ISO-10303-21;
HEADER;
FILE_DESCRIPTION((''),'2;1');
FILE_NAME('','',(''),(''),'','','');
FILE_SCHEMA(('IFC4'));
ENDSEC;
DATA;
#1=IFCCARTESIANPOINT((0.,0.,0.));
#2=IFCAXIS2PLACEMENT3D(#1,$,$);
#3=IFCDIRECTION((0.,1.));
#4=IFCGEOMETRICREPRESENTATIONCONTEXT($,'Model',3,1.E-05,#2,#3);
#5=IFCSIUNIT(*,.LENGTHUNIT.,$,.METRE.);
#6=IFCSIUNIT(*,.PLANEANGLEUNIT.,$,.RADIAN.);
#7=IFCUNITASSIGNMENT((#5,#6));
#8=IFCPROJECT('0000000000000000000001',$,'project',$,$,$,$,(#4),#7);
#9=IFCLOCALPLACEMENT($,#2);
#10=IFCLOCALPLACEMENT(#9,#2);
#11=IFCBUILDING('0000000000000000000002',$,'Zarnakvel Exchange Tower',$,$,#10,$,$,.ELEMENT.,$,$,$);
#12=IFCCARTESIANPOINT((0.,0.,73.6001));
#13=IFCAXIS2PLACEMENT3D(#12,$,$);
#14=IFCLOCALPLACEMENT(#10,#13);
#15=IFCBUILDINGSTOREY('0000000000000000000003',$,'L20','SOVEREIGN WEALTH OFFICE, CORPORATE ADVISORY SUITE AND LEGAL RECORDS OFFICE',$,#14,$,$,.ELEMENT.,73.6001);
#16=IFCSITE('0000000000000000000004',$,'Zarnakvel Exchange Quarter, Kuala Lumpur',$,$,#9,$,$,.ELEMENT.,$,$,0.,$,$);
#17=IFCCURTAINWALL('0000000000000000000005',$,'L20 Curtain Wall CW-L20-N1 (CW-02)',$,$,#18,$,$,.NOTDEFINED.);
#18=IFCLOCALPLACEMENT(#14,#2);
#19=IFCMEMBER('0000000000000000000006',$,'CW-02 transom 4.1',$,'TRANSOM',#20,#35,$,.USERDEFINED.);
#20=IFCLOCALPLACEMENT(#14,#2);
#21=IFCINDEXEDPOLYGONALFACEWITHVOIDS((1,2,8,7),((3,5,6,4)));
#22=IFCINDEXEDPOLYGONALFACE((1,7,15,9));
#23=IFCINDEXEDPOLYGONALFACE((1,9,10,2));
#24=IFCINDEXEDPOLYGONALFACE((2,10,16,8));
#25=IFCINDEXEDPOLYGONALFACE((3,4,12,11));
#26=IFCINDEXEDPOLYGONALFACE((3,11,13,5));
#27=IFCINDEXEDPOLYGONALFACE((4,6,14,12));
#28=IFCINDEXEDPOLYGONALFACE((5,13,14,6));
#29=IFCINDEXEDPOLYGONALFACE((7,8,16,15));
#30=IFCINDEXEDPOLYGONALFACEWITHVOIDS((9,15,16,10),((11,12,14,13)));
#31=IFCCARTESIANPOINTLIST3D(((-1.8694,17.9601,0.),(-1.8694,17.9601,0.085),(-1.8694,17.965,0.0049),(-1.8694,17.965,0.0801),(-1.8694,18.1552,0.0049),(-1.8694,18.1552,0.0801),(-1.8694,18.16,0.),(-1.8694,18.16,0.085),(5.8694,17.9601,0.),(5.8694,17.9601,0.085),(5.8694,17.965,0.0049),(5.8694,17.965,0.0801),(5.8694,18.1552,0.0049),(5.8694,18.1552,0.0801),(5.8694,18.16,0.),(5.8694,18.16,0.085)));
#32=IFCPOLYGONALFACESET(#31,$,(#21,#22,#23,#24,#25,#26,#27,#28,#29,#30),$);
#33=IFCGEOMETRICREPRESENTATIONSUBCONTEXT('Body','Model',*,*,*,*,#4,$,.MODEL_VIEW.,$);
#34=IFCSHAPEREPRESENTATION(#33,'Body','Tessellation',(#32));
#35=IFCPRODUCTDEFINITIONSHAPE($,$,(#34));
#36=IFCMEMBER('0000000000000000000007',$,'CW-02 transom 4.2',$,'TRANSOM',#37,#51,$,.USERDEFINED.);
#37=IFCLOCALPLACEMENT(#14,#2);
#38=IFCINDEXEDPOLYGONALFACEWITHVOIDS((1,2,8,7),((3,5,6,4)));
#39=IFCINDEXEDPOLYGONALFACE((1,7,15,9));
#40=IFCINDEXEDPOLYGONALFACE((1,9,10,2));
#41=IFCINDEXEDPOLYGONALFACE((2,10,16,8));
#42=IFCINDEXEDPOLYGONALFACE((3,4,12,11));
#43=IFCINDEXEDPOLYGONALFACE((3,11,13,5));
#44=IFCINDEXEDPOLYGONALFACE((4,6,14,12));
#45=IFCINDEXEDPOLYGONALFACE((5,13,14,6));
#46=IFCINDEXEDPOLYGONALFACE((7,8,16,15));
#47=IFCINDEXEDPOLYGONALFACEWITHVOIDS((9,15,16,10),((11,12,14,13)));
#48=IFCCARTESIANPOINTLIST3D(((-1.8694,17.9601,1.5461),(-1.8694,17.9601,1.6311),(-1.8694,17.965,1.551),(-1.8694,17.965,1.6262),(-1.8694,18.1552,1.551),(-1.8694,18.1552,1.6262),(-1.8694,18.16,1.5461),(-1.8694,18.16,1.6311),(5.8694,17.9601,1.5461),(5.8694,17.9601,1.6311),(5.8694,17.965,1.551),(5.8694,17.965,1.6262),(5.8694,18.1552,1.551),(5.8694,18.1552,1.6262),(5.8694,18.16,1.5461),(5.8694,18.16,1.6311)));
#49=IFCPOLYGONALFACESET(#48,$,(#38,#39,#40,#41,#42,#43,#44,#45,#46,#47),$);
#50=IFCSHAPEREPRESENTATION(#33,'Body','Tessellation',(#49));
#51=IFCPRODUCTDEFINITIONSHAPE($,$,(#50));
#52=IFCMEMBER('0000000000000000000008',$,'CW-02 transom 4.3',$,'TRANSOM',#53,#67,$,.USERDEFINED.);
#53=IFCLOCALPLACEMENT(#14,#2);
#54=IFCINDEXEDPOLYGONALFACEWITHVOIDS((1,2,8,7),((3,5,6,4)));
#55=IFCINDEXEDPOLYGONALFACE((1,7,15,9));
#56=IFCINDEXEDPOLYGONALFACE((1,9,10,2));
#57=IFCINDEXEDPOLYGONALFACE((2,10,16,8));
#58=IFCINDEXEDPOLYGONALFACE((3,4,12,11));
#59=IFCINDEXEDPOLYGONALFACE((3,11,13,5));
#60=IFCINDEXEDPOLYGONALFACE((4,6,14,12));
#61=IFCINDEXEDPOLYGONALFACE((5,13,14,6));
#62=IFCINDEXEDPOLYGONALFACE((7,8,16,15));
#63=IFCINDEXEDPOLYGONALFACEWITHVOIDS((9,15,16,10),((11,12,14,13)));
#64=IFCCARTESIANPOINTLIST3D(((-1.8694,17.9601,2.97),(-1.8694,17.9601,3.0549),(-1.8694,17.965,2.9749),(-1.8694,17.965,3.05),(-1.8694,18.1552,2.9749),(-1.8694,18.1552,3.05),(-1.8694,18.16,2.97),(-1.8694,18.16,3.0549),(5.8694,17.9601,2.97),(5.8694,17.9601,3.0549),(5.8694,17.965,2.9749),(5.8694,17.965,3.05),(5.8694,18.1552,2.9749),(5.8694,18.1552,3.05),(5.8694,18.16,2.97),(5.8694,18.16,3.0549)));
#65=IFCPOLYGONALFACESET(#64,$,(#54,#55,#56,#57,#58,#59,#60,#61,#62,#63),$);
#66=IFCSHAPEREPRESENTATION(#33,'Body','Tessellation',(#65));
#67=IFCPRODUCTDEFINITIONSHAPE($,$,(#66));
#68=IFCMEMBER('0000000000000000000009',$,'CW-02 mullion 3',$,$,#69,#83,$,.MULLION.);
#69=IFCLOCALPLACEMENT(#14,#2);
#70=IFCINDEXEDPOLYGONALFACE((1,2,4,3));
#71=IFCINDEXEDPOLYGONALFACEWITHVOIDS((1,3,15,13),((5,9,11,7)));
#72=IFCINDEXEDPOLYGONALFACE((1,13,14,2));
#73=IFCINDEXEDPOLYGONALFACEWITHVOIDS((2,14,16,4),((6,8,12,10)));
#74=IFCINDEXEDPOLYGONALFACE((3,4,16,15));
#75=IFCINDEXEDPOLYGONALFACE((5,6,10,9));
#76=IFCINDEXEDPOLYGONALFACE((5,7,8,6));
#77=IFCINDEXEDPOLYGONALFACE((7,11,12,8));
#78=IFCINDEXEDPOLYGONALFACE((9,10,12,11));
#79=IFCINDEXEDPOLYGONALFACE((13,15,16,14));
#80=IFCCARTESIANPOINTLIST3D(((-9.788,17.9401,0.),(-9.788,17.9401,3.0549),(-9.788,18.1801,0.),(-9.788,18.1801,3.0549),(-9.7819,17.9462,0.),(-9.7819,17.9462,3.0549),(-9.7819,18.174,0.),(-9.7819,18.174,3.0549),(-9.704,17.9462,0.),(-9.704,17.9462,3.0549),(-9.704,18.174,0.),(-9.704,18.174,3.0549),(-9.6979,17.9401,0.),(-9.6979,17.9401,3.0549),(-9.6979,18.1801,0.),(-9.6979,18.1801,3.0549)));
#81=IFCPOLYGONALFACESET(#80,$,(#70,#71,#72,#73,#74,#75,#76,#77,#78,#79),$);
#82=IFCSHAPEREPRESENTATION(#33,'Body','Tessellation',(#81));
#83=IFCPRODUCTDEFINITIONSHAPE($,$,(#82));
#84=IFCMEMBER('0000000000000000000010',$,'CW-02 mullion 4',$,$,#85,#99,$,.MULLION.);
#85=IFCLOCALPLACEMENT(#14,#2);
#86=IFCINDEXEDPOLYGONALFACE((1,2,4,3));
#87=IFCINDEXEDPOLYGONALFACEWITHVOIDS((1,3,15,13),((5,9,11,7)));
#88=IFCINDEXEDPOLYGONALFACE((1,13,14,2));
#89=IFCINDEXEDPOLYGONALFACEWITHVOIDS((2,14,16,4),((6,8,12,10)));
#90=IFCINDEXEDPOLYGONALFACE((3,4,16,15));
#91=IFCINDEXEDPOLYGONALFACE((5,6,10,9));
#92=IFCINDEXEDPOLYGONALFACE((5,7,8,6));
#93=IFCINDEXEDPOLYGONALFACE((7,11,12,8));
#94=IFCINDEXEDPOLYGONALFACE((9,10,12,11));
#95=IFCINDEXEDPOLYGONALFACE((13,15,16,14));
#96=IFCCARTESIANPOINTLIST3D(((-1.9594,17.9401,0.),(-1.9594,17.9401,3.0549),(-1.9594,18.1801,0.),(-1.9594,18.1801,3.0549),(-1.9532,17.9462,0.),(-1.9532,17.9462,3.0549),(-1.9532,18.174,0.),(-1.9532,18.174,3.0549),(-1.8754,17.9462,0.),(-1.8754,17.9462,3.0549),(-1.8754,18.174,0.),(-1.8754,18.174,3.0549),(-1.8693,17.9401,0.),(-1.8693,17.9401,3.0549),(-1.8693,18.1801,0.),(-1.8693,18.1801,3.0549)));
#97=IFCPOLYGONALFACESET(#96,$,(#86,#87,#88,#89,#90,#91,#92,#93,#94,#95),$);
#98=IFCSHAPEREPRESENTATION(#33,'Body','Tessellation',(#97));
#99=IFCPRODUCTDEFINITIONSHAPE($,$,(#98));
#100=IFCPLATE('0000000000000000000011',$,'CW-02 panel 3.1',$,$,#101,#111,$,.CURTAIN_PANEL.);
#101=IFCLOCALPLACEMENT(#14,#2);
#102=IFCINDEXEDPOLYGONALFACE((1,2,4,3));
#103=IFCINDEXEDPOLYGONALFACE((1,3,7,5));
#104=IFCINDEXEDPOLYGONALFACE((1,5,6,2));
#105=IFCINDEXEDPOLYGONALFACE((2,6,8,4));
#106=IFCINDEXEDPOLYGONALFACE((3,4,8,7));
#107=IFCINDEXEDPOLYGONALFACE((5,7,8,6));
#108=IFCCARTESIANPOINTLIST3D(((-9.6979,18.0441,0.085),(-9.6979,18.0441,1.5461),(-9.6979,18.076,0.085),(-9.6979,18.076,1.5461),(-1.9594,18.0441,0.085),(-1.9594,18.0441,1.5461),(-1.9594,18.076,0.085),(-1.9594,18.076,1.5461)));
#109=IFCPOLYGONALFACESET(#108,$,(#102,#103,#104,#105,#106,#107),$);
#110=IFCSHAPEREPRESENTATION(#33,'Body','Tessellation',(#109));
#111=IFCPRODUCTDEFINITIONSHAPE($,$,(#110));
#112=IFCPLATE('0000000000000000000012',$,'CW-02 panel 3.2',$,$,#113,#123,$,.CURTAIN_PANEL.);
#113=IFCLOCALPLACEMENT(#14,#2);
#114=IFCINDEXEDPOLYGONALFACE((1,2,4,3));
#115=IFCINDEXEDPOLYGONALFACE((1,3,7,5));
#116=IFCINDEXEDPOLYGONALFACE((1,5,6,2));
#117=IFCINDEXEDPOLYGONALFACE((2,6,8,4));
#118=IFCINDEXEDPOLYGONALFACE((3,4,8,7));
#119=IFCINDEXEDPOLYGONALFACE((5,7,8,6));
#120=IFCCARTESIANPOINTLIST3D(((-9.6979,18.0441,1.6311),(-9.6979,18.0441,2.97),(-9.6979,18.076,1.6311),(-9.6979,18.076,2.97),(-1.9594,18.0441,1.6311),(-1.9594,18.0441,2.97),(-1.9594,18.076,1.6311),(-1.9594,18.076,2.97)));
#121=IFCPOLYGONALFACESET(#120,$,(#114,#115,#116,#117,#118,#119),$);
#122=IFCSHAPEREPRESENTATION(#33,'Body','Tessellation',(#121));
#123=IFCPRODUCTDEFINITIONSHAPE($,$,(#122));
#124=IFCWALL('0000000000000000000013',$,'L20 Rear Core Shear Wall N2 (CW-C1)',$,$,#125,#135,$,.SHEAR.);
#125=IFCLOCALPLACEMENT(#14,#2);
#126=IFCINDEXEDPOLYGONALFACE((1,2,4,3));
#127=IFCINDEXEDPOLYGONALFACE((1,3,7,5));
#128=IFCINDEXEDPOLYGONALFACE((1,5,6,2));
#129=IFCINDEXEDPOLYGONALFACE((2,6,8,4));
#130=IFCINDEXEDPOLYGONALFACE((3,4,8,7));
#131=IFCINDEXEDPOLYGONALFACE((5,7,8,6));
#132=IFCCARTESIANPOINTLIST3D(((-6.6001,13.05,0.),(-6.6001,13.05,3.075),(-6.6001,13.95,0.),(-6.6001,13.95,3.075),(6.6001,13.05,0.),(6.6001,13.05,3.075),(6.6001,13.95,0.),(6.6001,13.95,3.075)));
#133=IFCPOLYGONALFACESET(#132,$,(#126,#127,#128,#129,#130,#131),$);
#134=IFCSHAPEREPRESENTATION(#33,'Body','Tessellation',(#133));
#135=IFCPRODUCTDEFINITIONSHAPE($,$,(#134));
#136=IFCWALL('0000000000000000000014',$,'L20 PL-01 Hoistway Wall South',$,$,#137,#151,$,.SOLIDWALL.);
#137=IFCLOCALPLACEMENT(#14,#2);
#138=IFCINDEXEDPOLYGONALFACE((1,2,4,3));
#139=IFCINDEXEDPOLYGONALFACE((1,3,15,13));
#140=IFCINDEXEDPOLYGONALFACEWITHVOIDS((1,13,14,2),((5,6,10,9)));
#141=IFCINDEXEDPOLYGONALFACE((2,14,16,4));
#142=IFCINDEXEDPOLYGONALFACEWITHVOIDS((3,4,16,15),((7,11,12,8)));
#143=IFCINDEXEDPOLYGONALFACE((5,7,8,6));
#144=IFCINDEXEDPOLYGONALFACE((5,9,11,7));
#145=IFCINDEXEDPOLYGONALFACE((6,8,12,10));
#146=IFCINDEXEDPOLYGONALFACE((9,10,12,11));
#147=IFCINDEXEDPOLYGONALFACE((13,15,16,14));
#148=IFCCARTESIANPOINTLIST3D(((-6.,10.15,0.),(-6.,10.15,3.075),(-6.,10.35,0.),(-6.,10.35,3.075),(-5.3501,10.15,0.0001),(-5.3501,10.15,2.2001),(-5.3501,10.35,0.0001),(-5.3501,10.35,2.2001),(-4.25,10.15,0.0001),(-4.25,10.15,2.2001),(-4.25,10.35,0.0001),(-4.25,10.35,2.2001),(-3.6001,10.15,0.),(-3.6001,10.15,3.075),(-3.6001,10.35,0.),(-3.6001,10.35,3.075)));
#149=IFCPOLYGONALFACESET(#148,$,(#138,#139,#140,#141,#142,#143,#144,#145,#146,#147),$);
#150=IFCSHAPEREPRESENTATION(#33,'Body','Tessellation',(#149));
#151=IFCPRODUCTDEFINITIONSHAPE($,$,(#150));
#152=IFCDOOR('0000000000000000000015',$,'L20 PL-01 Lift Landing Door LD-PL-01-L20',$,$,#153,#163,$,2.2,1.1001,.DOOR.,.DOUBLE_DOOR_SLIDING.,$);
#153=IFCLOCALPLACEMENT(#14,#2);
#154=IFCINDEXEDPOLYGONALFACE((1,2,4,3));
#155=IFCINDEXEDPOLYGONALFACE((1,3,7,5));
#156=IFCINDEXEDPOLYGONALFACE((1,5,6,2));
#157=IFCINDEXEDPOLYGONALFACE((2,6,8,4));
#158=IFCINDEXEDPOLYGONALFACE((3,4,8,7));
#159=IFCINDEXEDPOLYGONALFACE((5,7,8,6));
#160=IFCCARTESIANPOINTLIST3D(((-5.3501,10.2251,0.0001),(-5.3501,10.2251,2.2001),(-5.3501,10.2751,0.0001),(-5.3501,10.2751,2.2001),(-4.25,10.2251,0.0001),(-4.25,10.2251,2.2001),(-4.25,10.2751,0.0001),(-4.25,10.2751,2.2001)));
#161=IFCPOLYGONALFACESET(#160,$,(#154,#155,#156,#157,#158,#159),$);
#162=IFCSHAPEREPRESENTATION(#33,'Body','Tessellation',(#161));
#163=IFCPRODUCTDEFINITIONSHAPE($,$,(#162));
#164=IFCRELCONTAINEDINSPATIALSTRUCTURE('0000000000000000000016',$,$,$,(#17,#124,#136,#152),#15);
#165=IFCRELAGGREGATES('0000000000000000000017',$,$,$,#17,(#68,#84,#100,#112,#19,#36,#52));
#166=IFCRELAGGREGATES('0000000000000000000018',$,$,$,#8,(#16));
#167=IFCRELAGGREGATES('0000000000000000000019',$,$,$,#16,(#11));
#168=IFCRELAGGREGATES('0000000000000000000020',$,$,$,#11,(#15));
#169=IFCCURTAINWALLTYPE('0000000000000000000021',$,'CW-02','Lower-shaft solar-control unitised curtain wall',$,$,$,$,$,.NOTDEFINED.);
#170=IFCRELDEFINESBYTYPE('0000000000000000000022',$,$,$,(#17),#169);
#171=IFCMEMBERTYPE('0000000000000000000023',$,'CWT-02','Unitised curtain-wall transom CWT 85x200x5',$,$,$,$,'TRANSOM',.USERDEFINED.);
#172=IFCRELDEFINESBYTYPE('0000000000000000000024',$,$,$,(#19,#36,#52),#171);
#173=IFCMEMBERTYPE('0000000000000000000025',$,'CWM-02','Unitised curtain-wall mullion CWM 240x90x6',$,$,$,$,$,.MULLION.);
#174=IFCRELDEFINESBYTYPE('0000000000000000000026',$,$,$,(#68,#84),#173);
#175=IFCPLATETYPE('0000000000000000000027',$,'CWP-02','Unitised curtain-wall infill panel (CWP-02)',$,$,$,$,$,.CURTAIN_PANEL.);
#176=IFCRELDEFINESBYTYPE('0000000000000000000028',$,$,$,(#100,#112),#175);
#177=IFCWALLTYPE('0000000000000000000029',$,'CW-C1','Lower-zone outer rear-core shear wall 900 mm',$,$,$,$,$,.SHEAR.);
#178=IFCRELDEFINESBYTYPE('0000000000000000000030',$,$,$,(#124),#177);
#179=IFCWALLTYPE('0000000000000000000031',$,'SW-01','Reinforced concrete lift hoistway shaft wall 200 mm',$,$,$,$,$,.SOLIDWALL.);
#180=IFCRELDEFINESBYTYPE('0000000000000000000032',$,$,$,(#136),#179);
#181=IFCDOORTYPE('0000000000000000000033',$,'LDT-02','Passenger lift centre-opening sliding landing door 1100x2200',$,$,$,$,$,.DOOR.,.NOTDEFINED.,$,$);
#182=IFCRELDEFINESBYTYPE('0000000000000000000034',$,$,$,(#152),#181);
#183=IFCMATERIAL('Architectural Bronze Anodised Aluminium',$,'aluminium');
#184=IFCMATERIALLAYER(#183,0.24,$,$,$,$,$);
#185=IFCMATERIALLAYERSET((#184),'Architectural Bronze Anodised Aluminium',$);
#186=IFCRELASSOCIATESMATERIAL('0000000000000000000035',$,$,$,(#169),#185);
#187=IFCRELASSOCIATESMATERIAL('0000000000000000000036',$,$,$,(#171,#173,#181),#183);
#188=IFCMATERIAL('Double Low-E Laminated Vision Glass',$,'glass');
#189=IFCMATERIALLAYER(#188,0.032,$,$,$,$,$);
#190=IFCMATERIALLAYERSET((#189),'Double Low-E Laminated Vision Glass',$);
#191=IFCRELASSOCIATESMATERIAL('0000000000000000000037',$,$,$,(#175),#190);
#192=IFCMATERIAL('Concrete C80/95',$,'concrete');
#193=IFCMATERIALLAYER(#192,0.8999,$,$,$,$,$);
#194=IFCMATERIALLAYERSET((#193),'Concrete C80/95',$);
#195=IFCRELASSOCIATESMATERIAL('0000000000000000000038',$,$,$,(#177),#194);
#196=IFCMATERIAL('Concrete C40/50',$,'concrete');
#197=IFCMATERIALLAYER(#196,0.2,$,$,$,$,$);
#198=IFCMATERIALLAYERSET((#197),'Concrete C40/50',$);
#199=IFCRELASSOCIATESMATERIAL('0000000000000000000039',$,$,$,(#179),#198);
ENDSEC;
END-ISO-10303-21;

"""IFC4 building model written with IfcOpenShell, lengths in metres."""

from ifc_helpers import new_model, si_unit, direction, frame, frame_2d, origin, origin_2d, place, context, subcontext, project, spatial, rectangle, hollow_rectangle, extrude, source, transform, mapped, material, layer, layer_set, material_profile, profile_set, type_object, element, fill, aggregate, save


model = new_model("IFC4")

# Units and contexts
model_context = context("Model", 3, precision=1e-05, world=origin(), true_north=direction((0.0, 1.0)))
body_context = subcontext(model_context, "Body", "Model", "MODEL_VIEW")
ifc_project = project(units=[si_unit("LENGTHUNIT", "METRE"), si_unit("PLANEANGLEUNIT", "RADIAN")], contexts=[model_context])

# Site, building, storey
site_placement = place(None, origin())
site = spatial("IfcSite", under=ifc_project, at=site_placement, Name="Zarnakvel Exchange Quarter, Kuala Lumpur", CompositionType="ELEMENT", RefElevation=0.0)
building_placement = place(site_placement, origin())
building = spatial("IfcBuilding", under=site, at=building_placement, Name="Zarnakvel Exchange Tower", CompositionType="ELEMENT")
storey_placement = place(building_placement, frame((0.0, 0.0, 73.6001)))
storey = spatial("IfcBuildingStorey", under=building, at=storey_placement, Name="L20", Description="SOVEREIGN WEALTH OFFICE, CORPORATE ADVISORY SUITE AND LEGAL RECORDS OFFICE", CompositionType="ELEMENT", Elevation=73.6001)

# Shared definitions
ifc_material_1 = material(Name="Concrete C80/95", Category="concrete")

# Curtain wall, members, plates
ifc_material_2 = material(Name="Architectural Bronze Anodised Aluminium", Category="aluminium")
ifc_layer_1 = layer(ifc_material_2, 0.24)
ifc_layer_set_1 = layer_set([ifc_layer_1], Name="Architectural Bronze Anodised Aluminium")
curtain_wall_type = type_object("IfcCurtainWallType", Name="CW-02", Description="Lower-shaft solar-control unitised curtain wall", PredefinedType="NOTDEFINED", material=ifc_layer_set_1)
curtain_wall_placement = place(storey_placement, origin())
curtain_wall = element("IfcCurtainWall", 1, at=curtain_wall_placement, inside=storey, type_object=curtain_wall_type, Name="L20 Curtain Wall CW-L20-N1 (CW-02)", PredefinedType="NOTDEFINED")
ifc_material_profile_1 = material_profile(ifc_material_2, hollow_rectangle(XDim=0.2, YDim=0.085, WallThickness=0.0049, at=origin_2d()))
ifc_profile_set_1 = profile_set([ifc_material_profile_1], Name="Architectural Bronze Anodised Aluminium")
member_type_1 = type_object("IfcMemberType", Name="CWT-02", Description="Unitised curtain-wall transom CWT 85x200x5", ElementType="TRANSOM", PredefinedType="USERDEFINED", material=ifc_profile_set_1)
shared_shape_1 = source(origin(), body_context, "Body", "SweptSolid", [
    extrude(hollow_rectangle(XDim=0.2, YDim=0.085, WallThickness=0.0049, at=origin_2d()), origin(), (0.0, 0.0, 1.0), 7.7388),
])
member_1_placement = place(storey_placement, frame((-1.8694, 18.0601, 0.0425), z_axis=(1.0, 0.0, 0.0), x_axis=(0.0, 1.0, 0.0)))
member_1 = element("IfcMember", 2, at=member_1_placement, type_object=member_type_1, Name="CW-02 transom 4.1", ObjectType="TRANSOM", PredefinedType="USERDEFINED", context=body_context, shape_type="MappedRepresentation", body=[
    mapped(shared_shape_1, transform((0.0, 0.0, 0.0), x_axis=(1.0, 0.0, 0.0), y_axis=(0.0, 1.0, 0.0), z_axis=(0.0, 0.0, 1.0), scale=1.0)),
])
member_2_placement = place(storey_placement, frame((-1.8694, 18.0601, 1.5886), z_axis=(1.0, 0.0, 0.0), x_axis=(0.0, 1.0, 0.0)))
member_2 = element("IfcMember", 3, at=member_2_placement, type_object=member_type_1, Name="CW-02 transom 4.2", ObjectType="TRANSOM", PredefinedType="USERDEFINED", context=body_context, shape_type="MappedRepresentation", body=[
    mapped(shared_shape_1, transform((0.0, 0.0, 0.0), x_axis=(1.0, 0.0, 0.0), y_axis=(0.0, 1.0, 0.0), z_axis=(0.0, 0.0, 1.0), scale=1.0)),
])
member_3_placement = place(storey_placement, frame((-1.8694, 18.0601, 3.0125), z_axis=(1.0, 0.0, 0.0), x_axis=(0.0, 1.0, 0.0)))
member_3 = element("IfcMember", 4, at=member_3_placement, type_object=member_type_1, Name="CW-02 transom 4.3", ObjectType="TRANSOM", PredefinedType="USERDEFINED", context=body_context, shape_type="MappedRepresentation", body=[
    mapped(shared_shape_1, transform((0.0, 0.0, 0.0), x_axis=(1.0, 0.0, 0.0), y_axis=(0.0, 1.0, 0.0), z_axis=(0.0, 0.0, 1.0), scale=1.0)),
])
ifc_material_profile_2 = material_profile(ifc_material_2, hollow_rectangle(XDim=0.24, YDim=0.0901, WallThickness=0.0061, at=origin_2d()))
ifc_profile_set_2 = profile_set([ifc_material_profile_2], Name="Architectural Bronze Anodised Aluminium")
member_type_2 = type_object("IfcMemberType", Name="CWM-02", Description="Unitised curtain-wall mullion CWM 240x90x6", PredefinedType="MULLION", material=ifc_profile_set_2)
shared_shape_2 = source(origin(), body_context, "Body", "SweptSolid", [
    extrude(hollow_rectangle(XDim=0.24, YDim=0.0901, WallThickness=0.0061, at=origin_2d()), origin(), (0.0, 0.0, 1.0), 3.0549),
])
member_4_placement = place(storey_placement, frame((-9.7429, 18.0601, 0.0), z_axis=(0.0, 0.0, 1.0), x_axis=(0.0, 1.0, 0.0)))
member_4 = element("IfcMember", 5, at=member_4_placement, type_object=member_type_2, Name="CW-02 mullion 3", PredefinedType="MULLION", context=body_context, shape_type="MappedRepresentation", body=[
    mapped(shared_shape_2, transform((0.0, 0.0, 0.0), x_axis=(1.0, 0.0, 0.0), y_axis=(0.0, 1.0, 0.0), z_axis=(0.0, 0.0, 1.0), scale=1.0)),
])
member_5_placement = place(storey_placement, frame((-1.9143, 18.0601, 0.0), z_axis=(0.0, 0.0, 1.0), x_axis=(0.0, 1.0, 0.0)))
member_5 = element("IfcMember", 6, at=member_5_placement, type_object=member_type_2, Name="CW-02 mullion 4", PredefinedType="MULLION", context=body_context, shape_type="MappedRepresentation", body=[
    mapped(shared_shape_2, transform((0.0, 0.0, 0.0), x_axis=(1.0, 0.0, 0.0), y_axis=(0.0, 1.0, 0.0), z_axis=(0.0, 0.0, 1.0), scale=1.0)),
])
ifc_material_3 = material(Name="Double Low-E Laminated Vision Glass", Category="glass")
ifc_layer_2 = layer(ifc_material_3, 0.032)
ifc_layer_set_2 = layer_set([ifc_layer_2], Name="Double Low-E Laminated Vision Glass")
plate_type = type_object("IfcPlateType", Name="CWP-02", Description="Unitised curtain-wall infill panel (CWP-02)", PredefinedType="CURTAIN_PANEL", material=ifc_layer_set_2)
shared_shape_3 = source(origin(), body_context, "Body", "SweptSolid", [
    extrude(rectangle(XDim=7.7385, YDim=0.032, at=origin_2d()), origin(), (0.0, 0.0, 1.0), 1.4612),
])
plate_1_placement = place(storey_placement, frame((-5.8286, 18.0601, 0.085), z_axis=(0.0, 0.0, 1.0), x_axis=(1.0, 0.0, 0.0)))
plate_1 = element("IfcPlate", 7, at=plate_1_placement, type_object=plate_type, Name="CW-02 panel 3.1", PredefinedType="CURTAIN_PANEL", context=body_context, shape_type="MappedRepresentation", body=[
    mapped(shared_shape_3, transform((0.0, 0.0, 0.0), x_axis=(1.0, 0.0, 0.0), y_axis=(0.0, 1.0, 0.0), z_axis=(0.0, 0.0, 1.0), scale=1.0)),
])
shared_shape_4 = source(origin(), body_context, "Body", "SweptSolid", [
    extrude(rectangle(XDim=7.7385, YDim=0.032, at=origin_2d()), origin(), (0.0, 0.0, 1.0), 1.3389),
])
plate_2_placement = place(storey_placement, frame((-5.8286, 18.0601, 1.6311), z_axis=(0.0, 0.0, 1.0), x_axis=(1.0, 0.0, 0.0)))
plate_2 = element("IfcPlate", 8, at=plate_2_placement, type_object=plate_type, Name="CW-02 panel 3.2", PredefinedType="CURTAIN_PANEL", context=body_context, shape_type="MappedRepresentation", body=[
    mapped(shared_shape_4, transform((0.0, 0.0, 0.0), x_axis=(1.0, 0.0, 0.0), y_axis=(0.0, 1.0, 0.0), z_axis=(0.0, 0.0, 1.0), scale=1.0)),
])
aggregate(curtain_wall, [member_4, member_5, plate_1, plate_2, member_1, member_2, member_3])

# Wall
ifc_layer_3 = layer(ifc_material_1, 0.8999)
ifc_layer_set_3 = layer_set([ifc_layer_3], Name="Concrete C80/95")
wall_type_1 = type_object("IfcWallType", Name="CW-C1", Description="Lower-zone outer rear-core shear wall 900 mm", PredefinedType="SHEAR", material=ifc_layer_set_3)
wall_1_placement = place(storey_placement, frame((-6.6001, 13.5, 0.0), z_axis=(0.0, 0.0, 1.0), x_axis=(1.0, 0.0, 0.0)))
element("IfcWall", 9, at=wall_1_placement, inside=storey, type_object=wall_type_1, Name="L20 Rear Core Shear Wall N2 (CW-C1)", PredefinedType="SHEAR", context=body_context, shape_type="SweptSolid", body=[
    extrude(rectangle(XDim=13.2002, YDim=0.8999, at=frame_2d((6.6001, 0.0))), origin(), (0.0, 0.0, 1.0), 3.075),
])

# Wall, opening, door
ifc_material_4 = material(Name="Concrete C40/50", Category="concrete")
ifc_layer_4 = layer(ifc_material_4, 0.2)
ifc_layer_set_4 = layer_set([ifc_layer_4], Name="Concrete C40/50")
wall_type_2 = type_object("IfcWallType", Name="SW-01", Description="Reinforced concrete lift hoistway shaft wall 200 mm", PredefinedType="SOLIDWALL", material=ifc_layer_set_4)
wall_2_placement = place(storey_placement, frame((-3.6001, 10.25, 0.0), z_axis=(0.0, 0.0, 1.0), x_axis=(-1.0, 0.0, 0.0)))
wall_2 = element("IfcWall", 10, at=wall_2_placement, inside=storey, type_object=wall_type_2, Name="L20 PL-01 Hoistway Wall South", PredefinedType="SOLIDWALL", context=body_context, shape_type="SweptSolid", body=[
    extrude(rectangle(XDim=2.3999, YDim=0.2, at=frame_2d((1.2, 0.0))), origin(), (0.0, 0.0, 1.0), 3.075),
])
opening_1_placement = place(wall_2_placement, frame((0.6499, 0.0, 0.0)))
opening_1 = element("IfcOpeningElement", 11, at=opening_1_placement, cuts=wall_2, PredefinedType="OPENING", context=body_context, shape_type="SweptSolid", body=[
    extrude(rectangle(XDim=1.1001, YDim=2.2, at=frame_2d((0.55, 1.1001))), frame((0.0, 0.1099, 0.0), z_axis=(0.0, -1.0, 0.0), x_axis=(1.0, 0.0, 0.0)), (0.0, 0.0, 1.0), 0.22),
])
door_type = type_object("IfcDoorType", Name="LDT-02", Description="Passenger lift centre-opening sliding landing door 1100x2200", OperationType="NOTDEFINED", PredefinedType="DOOR", material=ifc_material_2)
shared_shape_5 = source(origin(), body_context, "Body", "SweptSolid", [
    extrude(rectangle(XDim=1.1001, YDim=2.2, at=frame_2d((0.55, 1.1001))), frame((0.0, 0.0249, 0.0), z_axis=(0.0, -1.0, 0.0), x_axis=(1.0, 0.0, 0.0)), (0.0, 0.0, 1.0), 0.05),
])
door_1_placement = place(opening_1_placement, origin())
door_1 = element("IfcDoor", 12, at=door_1_placement, inside=storey, type_object=door_type, Name="L20 PL-01 Lift Landing Door LD-PL-01-L20", OperationType="DOUBLE_DOOR_SLIDING", OverallHeight=2.2, OverallWidth=1.1001, PredefinedType="DOOR", context=body_context, shape_type="MappedRepresentation", body=[
    mapped(shared_shape_5, transform((0.0, 0.0, 0.0), x_axis=(1.0, 0.0, 0.0), y_axis=(0.0, 1.0, 0.0), z_axis=(0.0, 0.0, 1.0), scale=1.0)),
])
fill(opening_1, door_1)

save(model, "model.ifc")
